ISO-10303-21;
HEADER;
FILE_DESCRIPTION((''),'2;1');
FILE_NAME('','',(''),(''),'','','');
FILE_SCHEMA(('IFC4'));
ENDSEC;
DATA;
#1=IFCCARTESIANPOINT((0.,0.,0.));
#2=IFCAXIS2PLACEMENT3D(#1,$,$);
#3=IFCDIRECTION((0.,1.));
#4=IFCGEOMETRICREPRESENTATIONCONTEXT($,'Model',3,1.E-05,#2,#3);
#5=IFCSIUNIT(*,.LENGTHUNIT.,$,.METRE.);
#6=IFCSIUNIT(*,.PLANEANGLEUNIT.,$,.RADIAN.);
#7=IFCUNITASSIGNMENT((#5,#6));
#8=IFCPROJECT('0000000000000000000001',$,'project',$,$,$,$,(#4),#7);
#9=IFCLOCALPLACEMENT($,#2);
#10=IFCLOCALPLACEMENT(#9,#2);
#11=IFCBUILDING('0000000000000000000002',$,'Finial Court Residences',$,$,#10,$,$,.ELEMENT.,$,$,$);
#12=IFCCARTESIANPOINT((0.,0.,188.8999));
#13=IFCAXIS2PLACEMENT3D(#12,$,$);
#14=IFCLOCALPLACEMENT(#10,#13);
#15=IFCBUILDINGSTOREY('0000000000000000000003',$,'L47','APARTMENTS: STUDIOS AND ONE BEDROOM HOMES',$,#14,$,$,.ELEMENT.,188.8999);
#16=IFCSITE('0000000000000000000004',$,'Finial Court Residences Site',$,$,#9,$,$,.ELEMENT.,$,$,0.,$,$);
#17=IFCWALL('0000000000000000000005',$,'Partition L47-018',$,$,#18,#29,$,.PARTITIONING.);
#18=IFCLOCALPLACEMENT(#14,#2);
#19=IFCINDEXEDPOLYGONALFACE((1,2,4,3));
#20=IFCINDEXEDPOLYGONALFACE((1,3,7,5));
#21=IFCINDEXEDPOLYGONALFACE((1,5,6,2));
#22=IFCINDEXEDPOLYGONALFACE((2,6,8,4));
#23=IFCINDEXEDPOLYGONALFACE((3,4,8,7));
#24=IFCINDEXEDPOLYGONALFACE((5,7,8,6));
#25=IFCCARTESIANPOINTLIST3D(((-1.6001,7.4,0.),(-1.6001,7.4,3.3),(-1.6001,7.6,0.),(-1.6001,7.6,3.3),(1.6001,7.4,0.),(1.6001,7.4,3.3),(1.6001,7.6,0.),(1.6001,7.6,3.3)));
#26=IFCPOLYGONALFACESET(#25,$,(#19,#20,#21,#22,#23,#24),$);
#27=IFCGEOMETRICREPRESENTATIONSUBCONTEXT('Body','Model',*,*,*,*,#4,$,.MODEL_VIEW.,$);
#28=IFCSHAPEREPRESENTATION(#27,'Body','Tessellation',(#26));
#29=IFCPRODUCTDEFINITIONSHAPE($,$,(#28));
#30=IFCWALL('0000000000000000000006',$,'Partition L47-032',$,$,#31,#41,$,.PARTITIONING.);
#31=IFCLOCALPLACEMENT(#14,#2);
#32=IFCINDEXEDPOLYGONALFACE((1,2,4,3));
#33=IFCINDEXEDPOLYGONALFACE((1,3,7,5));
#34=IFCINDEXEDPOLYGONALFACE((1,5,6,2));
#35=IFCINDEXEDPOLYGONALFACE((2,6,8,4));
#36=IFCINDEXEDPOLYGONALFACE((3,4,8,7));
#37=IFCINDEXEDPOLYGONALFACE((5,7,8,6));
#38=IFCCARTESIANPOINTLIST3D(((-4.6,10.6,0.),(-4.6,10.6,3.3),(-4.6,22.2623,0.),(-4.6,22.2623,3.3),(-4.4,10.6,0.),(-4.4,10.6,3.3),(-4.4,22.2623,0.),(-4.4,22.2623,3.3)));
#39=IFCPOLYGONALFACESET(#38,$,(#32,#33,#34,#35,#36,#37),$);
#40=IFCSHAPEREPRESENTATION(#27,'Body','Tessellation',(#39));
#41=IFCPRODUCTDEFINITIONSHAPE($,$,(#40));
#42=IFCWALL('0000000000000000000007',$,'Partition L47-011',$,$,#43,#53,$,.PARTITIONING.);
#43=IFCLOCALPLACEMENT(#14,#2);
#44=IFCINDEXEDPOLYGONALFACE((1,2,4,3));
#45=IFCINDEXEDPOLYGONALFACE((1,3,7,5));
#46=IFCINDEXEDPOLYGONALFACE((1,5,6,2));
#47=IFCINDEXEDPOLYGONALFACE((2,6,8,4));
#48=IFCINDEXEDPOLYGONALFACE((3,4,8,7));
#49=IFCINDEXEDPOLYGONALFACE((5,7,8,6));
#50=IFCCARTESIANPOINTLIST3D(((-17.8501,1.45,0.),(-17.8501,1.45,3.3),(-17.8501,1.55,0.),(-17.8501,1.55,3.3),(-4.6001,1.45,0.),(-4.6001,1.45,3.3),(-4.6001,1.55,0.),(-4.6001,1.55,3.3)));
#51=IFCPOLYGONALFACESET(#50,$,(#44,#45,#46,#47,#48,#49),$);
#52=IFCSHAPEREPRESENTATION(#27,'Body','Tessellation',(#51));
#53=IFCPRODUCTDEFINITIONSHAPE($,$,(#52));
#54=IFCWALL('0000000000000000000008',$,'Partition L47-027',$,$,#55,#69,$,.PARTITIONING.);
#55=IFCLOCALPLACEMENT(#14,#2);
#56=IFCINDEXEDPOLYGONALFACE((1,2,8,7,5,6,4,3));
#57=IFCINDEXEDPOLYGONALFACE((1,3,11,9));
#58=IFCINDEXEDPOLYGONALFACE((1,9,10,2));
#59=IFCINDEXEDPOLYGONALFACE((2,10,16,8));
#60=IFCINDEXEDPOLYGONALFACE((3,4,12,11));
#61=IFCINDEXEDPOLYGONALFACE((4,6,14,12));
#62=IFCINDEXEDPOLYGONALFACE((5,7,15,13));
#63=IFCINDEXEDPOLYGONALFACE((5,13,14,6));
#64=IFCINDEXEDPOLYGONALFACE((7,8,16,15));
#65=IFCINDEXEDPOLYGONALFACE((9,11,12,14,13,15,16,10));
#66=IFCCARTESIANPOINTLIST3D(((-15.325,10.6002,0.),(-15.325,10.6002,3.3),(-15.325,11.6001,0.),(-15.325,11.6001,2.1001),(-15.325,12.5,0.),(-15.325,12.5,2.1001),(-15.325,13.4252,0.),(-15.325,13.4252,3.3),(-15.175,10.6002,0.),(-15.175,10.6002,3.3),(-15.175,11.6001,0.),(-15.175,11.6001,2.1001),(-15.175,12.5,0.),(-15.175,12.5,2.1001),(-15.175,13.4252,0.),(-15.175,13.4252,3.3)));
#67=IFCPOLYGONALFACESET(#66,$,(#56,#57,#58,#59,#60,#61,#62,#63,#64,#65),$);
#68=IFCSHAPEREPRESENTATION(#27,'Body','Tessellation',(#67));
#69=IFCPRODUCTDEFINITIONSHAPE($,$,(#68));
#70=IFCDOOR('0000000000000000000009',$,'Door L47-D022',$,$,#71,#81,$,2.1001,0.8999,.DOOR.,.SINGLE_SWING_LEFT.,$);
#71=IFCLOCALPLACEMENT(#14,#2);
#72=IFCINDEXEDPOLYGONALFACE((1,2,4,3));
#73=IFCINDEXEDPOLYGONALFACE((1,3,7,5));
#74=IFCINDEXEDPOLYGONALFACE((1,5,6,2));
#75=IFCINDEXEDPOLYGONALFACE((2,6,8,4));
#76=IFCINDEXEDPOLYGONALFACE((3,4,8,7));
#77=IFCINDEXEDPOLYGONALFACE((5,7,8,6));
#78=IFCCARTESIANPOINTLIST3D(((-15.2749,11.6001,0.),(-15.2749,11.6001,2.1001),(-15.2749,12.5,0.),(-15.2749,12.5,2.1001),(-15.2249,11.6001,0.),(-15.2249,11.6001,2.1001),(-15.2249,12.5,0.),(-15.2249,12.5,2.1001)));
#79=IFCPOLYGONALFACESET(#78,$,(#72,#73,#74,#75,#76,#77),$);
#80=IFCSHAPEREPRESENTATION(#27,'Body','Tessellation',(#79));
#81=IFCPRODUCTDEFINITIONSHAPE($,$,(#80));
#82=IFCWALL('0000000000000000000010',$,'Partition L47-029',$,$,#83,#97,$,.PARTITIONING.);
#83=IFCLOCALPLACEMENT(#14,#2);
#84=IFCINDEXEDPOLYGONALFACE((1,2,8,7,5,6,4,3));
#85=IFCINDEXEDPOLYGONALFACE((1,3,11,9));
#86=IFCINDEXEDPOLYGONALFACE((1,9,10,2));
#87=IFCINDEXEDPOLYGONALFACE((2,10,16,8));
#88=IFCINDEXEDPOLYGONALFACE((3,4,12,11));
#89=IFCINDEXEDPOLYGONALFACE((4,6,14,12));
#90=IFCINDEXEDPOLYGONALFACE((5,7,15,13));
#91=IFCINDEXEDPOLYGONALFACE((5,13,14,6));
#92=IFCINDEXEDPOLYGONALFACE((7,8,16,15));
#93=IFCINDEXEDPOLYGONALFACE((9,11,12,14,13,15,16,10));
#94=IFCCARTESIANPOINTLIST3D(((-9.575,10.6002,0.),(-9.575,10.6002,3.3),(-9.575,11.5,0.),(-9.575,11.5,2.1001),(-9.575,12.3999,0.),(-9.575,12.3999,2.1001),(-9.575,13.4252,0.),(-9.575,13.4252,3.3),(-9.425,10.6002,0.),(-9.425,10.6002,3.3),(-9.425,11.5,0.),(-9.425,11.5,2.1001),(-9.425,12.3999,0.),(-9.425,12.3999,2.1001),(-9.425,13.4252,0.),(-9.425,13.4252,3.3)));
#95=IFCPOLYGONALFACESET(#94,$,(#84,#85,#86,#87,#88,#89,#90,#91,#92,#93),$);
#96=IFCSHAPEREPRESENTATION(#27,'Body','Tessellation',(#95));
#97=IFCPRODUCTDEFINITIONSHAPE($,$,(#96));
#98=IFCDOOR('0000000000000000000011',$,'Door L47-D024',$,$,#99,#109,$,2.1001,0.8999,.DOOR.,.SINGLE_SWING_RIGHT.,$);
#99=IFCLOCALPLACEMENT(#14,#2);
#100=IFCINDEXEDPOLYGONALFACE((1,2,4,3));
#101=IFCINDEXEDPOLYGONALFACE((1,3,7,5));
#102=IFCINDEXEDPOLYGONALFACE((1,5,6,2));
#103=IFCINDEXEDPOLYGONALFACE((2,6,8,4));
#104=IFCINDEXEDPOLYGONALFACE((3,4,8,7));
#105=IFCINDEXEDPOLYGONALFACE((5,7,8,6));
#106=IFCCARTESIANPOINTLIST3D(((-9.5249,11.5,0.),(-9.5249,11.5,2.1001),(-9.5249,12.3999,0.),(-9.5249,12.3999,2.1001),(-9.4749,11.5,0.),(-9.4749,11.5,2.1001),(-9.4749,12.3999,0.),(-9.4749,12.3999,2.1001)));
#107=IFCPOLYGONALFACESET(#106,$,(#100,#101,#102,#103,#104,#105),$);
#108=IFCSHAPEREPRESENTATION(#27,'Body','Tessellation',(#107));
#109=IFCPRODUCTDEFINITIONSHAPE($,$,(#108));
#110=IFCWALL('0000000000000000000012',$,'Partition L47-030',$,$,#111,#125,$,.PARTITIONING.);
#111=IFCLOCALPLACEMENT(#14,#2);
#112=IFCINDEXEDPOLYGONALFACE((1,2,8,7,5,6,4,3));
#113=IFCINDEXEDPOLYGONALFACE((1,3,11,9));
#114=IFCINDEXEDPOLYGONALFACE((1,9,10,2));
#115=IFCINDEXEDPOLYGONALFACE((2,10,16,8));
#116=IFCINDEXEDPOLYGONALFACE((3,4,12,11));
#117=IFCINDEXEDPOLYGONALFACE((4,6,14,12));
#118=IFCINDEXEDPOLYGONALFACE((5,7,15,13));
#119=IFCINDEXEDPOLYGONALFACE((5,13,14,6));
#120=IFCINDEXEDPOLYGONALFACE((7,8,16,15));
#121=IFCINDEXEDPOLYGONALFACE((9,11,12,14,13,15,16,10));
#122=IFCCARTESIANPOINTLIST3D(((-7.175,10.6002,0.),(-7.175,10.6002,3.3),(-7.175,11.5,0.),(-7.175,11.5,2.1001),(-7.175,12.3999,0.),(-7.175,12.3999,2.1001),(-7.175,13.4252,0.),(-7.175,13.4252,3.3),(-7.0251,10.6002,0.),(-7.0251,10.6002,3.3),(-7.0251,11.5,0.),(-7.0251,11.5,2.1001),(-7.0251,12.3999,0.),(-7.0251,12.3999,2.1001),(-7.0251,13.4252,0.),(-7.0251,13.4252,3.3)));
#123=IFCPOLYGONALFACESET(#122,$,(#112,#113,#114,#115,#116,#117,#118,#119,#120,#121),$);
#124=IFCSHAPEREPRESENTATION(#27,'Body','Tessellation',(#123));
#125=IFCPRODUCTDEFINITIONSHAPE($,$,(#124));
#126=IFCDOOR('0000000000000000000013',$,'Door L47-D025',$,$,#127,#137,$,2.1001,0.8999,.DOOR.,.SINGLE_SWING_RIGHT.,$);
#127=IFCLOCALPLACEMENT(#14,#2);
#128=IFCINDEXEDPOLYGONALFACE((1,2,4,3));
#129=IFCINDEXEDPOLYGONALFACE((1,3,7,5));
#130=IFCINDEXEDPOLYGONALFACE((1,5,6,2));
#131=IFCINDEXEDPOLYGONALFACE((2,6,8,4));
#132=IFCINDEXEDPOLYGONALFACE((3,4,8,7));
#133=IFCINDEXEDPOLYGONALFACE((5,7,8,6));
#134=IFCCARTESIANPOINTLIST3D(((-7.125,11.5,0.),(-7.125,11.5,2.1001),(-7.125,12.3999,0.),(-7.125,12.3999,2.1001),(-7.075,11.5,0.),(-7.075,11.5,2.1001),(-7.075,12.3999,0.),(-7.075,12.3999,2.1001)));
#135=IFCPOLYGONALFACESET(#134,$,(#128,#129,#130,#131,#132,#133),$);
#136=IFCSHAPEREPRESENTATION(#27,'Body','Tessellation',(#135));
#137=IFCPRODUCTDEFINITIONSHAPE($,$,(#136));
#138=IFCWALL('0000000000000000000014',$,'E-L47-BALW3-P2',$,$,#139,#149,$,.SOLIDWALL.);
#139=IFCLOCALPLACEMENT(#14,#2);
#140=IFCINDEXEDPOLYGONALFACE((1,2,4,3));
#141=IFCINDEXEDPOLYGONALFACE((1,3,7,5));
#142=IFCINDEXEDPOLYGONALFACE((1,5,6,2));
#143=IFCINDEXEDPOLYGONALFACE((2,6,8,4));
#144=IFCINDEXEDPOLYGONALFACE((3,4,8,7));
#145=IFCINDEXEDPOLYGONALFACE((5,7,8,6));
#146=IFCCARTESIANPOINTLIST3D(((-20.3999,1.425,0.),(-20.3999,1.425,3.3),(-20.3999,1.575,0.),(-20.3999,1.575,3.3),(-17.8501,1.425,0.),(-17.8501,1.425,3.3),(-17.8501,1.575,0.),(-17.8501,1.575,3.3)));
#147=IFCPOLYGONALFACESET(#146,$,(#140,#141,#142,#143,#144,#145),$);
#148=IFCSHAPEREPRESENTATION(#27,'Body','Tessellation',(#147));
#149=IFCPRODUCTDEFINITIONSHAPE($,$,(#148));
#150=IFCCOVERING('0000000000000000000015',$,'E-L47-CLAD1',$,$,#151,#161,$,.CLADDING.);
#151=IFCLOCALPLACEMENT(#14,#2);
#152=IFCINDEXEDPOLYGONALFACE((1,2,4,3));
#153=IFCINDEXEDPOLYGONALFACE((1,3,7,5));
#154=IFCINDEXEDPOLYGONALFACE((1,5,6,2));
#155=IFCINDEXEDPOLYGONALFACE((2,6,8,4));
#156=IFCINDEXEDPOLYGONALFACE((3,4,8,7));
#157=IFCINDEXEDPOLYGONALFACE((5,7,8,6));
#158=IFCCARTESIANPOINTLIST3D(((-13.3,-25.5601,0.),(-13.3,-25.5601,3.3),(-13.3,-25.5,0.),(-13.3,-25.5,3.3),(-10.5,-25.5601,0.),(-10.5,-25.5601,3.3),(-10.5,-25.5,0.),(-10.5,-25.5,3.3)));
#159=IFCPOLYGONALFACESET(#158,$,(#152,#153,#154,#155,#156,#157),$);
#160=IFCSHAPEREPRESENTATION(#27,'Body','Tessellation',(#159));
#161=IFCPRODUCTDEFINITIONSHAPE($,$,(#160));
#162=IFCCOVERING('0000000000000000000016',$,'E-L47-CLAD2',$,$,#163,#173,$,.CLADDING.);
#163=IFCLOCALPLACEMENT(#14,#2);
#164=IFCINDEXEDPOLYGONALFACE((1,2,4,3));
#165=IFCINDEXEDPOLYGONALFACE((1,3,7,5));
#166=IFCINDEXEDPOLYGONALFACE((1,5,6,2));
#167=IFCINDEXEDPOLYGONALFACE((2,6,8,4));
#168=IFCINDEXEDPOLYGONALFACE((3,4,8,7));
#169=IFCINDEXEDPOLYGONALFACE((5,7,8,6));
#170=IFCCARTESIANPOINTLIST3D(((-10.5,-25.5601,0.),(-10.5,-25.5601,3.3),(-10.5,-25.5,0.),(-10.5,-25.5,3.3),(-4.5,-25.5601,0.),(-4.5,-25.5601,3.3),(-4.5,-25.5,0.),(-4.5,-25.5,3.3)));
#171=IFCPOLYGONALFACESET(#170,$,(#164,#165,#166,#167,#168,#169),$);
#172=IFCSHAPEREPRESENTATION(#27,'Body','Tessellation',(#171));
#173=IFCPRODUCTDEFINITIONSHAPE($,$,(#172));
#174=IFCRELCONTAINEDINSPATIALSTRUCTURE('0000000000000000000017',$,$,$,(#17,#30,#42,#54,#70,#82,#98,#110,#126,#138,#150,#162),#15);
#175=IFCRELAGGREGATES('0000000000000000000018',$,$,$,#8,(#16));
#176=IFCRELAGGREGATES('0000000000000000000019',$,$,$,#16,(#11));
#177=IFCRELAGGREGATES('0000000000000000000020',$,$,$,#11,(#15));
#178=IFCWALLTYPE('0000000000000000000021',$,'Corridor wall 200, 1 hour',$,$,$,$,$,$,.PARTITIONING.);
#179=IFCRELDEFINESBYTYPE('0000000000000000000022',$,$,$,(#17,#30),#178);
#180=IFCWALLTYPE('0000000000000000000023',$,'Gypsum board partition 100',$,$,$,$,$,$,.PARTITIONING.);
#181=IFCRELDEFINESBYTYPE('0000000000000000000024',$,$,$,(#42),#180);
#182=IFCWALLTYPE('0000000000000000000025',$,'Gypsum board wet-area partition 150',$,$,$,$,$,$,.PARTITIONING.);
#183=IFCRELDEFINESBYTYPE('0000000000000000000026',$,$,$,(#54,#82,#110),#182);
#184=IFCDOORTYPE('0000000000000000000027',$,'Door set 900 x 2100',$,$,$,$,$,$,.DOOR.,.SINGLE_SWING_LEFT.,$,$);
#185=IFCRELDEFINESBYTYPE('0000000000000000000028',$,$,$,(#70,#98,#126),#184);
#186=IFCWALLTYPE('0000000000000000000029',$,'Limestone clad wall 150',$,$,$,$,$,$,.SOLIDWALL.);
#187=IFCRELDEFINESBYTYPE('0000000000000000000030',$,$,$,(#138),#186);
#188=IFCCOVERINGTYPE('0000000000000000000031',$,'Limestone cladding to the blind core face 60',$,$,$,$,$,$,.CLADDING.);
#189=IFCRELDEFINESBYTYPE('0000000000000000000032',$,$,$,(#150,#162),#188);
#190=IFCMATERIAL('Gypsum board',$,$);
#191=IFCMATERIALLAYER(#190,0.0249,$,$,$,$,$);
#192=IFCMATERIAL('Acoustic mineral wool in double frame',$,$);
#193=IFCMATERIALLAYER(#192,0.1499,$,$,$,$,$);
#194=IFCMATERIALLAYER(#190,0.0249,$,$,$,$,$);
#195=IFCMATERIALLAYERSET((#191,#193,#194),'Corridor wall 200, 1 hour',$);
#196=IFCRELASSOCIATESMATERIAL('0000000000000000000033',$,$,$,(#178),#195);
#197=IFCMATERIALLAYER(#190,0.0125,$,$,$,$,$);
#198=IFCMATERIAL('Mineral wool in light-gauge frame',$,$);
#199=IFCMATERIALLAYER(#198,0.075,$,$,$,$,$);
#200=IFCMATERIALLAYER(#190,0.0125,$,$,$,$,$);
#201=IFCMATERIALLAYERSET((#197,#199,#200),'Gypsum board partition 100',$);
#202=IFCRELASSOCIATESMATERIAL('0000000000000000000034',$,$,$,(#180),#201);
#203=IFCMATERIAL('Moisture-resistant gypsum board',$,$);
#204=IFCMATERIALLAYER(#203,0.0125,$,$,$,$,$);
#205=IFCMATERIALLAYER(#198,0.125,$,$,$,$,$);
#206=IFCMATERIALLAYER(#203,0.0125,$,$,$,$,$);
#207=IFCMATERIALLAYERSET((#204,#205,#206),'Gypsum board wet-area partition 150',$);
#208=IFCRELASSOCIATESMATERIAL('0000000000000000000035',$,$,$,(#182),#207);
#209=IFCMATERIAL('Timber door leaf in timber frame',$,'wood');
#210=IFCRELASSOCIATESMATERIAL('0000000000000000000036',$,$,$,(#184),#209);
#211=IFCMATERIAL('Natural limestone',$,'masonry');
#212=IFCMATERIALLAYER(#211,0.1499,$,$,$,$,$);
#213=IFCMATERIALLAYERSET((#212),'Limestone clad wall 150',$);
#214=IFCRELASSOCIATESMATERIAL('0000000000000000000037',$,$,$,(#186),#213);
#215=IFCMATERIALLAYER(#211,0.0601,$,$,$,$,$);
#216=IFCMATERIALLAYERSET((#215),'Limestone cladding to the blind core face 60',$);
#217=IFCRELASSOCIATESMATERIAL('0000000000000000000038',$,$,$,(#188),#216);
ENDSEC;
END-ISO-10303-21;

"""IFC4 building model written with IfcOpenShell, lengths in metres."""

from ifc_helpers import new_model, si_unit, direction, frame, frame_2d, origin, place, context, subcontext, project, spatial, polyline, rectangle, outline, extrude, material, layer, layer_set, type_object, element, fill, save


model = new_model("IFC4")

# Units and contexts
model_context = context("Model", 3, precision=1e-05, world=origin(), true_north=direction((0.0, 1.0)))
body_context = subcontext(model_context, "Body", "Model", "MODEL_VIEW")
ifc_project = project(units=[si_unit("LENGTHUNIT", "METRE"), si_unit("PLANEANGLEUNIT", "RADIAN")], contexts=[model_context])

# Site, building, storey
site_placement = place(None, origin())
site = spatial("IfcSite", under=ifc_project, at=site_placement, Name="Finial Court Residences Site", CompositionType="ELEMENT", RefElevation=0.0)
building_placement = place(site_placement, origin())
building = spatial("IfcBuilding", under=site, at=building_placement, Name="Finial Court Residences", CompositionType="ELEMENT")
storey_placement = place(building_placement, frame((0.0, 0.0, 188.8999)))
storey = spatial("IfcBuildingStorey", under=building, at=storey_placement, Name="L47", Description="APARTMENTS: STUDIOS AND ONE BEDROOM HOMES", CompositionType="ELEMENT", Elevation=188.8999)

# Walls
ifc_material_1 = material(Name="Gypsum board")
ifc_layer_1 = layer(ifc_material_1, 0.0249)
ifc_material_2 = material(Name="Acoustic mineral wool in double frame")
ifc_layer_2 = layer(ifc_material_2, 0.1499)
ifc_layer_3 = layer(ifc_material_1, 0.0249)
ifc_layer_set_1 = layer_set([ifc_layer_1, ifc_layer_2, ifc_layer_3], Name="Corridor wall 200, 1 hour")
wall_type_1 = type_object("IfcWallType", Name="Corridor wall 200, 1 hour", PredefinedType="PARTITIONING", material=ifc_layer_set_1)
wall_1_placement = place(storey_placement, frame((-1.6001, 7.5, 0.0), z_axis=(0.0, 0.0, 1.0), x_axis=(1.0, 0.0, 0.0)))
element("IfcWall", 1, at=wall_1_placement, inside=storey, type_object=wall_type_1, Name="Partition L47-018", PredefinedType="PARTITIONING", context=body_context, shape_type="SweptSolid", body=[
    extrude(rectangle(XDim=3.2002, YDim=0.2, at=frame_2d((1.6001, 0.0))), origin(), (0.0, 0.0, 1.0), 3.3),
])
wall_2_placement = place(storey_placement, frame((-4.5, 10.6001, 0.0), z_axis=(0.0, 0.0, 1.0), x_axis=(0.0, 1.0, 0.0)))
element("IfcWall", 2, at=wall_2_placement, inside=storey, type_object=wall_type_1, Name="Partition L47-032", PredefinedType="PARTITIONING", context=body_context, shape_type="SweptSolid", body=[
    extrude(rectangle(XDim=11.6624, YDim=0.2, at=frame_2d((5.8311, 0.0))), origin(), (0.0, 0.0, 1.0), 3.3),
])
ifc_layer_4 = layer(ifc_material_1, 0.0125)
ifc_material_3 = material(Name="Mineral wool in light-gauge frame")
ifc_layer_5 = layer(ifc_material_3, 0.075)
ifc_layer_6 = layer(ifc_material_1, 0.0125)
ifc_layer_set_2 = layer_set([ifc_layer_4, ifc_layer_5, ifc_layer_6], Name="Gypsum board partition 100")
wall_type_2 = type_object("IfcWallType", Name="Gypsum board partition 100", PredefinedType="PARTITIONING", material=ifc_layer_set_2)
wall_3_placement = place(storey_placement, frame((-17.8501, 1.5, 0.0), z_axis=(0.0, 0.0, 1.0), x_axis=(1.0, 0.0, 0.0)))
element("IfcWall", 3, at=wall_3_placement, inside=storey, type_object=wall_type_2, Name="Partition L47-011", PredefinedType="PARTITIONING", context=body_context, shape_type="SweptSolid", body=[
    extrude(rectangle(XDim=13.25, YDim=0.1001, at=frame_2d((6.625, 0.0))), origin(), (0.0, 0.0, 1.0), 3.3),
])

# Walls, openings, doors
ifc_material_4 = material(Name="Moisture-resistant gypsum board")
ifc_layer_7 = layer(ifc_material_4, 0.0125)
ifc_layer_8 = layer(ifc_material_3, 0.125)
ifc_layer_9 = layer(ifc_material_4, 0.0125)
ifc_layer_set_3 = layer_set([ifc_layer_7, ifc_layer_8, ifc_layer_9], Name="Gypsum board wet-area partition 150")
wall_type_3 = type_object("IfcWallType", Name="Gypsum board wet-area partition 150", PredefinedType="PARTITIONING", material=ifc_layer_set_3)
wall_4_placement = place(storey_placement, frame((-15.25, 10.6001, 0.0), z_axis=(0.0, 0.0, 1.0), x_axis=(0.0, 1.0, 0.0)))
wall_4 = element("IfcWall", 4, at=wall_4_placement, inside=storey, type_object=wall_type_3, Name="Partition L47-027", PredefinedType="PARTITIONING", context=body_context, shape_type="SweptSolid", body=[
    extrude(rectangle(XDim=2.825, YDim=0.1499, at=frame_2d((1.4126, 0.0))), origin(), (0.0, 0.0, 1.0), 3.3),
])
opening_1_placement = place(wall_4_placement, frame((1.0, 0.0, 0.0)))
opening_1 = element("IfcOpeningElement", 5, at=opening_1_placement, cuts=wall_4, PredefinedType="OPENING", context=body_context, shape_type="SweptSolid", body=[
    extrude(rectangle(XDim=0.8999, YDim=2.1001, at=frame_2d((0.45, 1.05))), frame((0.0, 0.085, 0.0), z_axis=(0.0, -1.0, 0.0), x_axis=(1.0, 0.0, 0.0)), (0.0, 0.0, 1.0), 0.1699),
])
ifc_material_5 = material(Name="Timber door leaf in timber frame", Category="wood")
door_type = type_object("IfcDoorType", Name="Door set 900 x 2100", OperationType="SINGLE_SWING_LEFT", PredefinedType="DOOR", material=ifc_material_5)
door_1_placement = place(opening_1_placement, origin())
door_1 = element("IfcDoor", 6, at=door_1_placement, inside=storey, type_object=door_type, Name="Door L47-D022", OperationType="SINGLE_SWING_LEFT", OverallHeight=2.1001, OverallWidth=0.8999, PredefinedType="DOOR", context=body_context, shape_type="SweptSolid", body=[
    extrude(rectangle(XDim=0.8999, YDim=2.1001, at=frame_2d((0.45, 1.05))), frame((0.0, 0.0249, 0.0), z_axis=(0.0, -1.0, 0.0), x_axis=(1.0, 0.0, 0.0)), (0.0, 0.0, 1.0), 0.05),
])
fill(opening_1, door_1)
wall_5_placement = place(storey_placement, frame((-9.5, 10.6001, 0.0), z_axis=(0.0, 0.0, 1.0), x_axis=(0.0, 1.0, 0.0)))
wall_5 = element("IfcWall", 7, at=wall_5_placement, inside=storey, type_object=wall_type_3, Name="Partition L47-029", PredefinedType="PARTITIONING", context=body_context, shape_type="SweptSolid", body=[
    extrude(rectangle(XDim=2.825, YDim=0.1499, at=frame_2d((1.4126, 0.0))), origin(), (0.0, 0.0, 1.0), 3.3),
])
opening_2_placement = place(wall_5_placement, frame((0.8999, 0.0, 0.0)))
opening_2 = element("IfcOpeningElement", 8, at=opening_2_placement, cuts=wall_5, PredefinedType="OPENING", context=body_context, shape_type="SweptSolid", body=[
    extrude(rectangle(XDim=0.8999, YDim=2.1001, at=frame_2d((0.45, 1.05))), frame((0.0, 0.085, 0.0), z_axis=(0.0, -1.0, 0.0), x_axis=(1.0, 0.0, 0.0)), (0.0, 0.0, 1.0), 0.1699),
])
door_2_placement = place(opening_2_placement, origin())
door_2 = element("IfcDoor", 9, at=door_2_placement, inside=storey, type_object=door_type, Name="Door L47-D024", OperationType="SINGLE_SWING_RIGHT", OverallHeight=2.1001, OverallWidth=0.8999, PredefinedType="DOOR", context=body_context, shape_type="SweptSolid", body=[
    extrude(rectangle(XDim=0.8999, YDim=2.1001, at=frame_2d((0.45, 1.05))), frame((0.0, 0.0249, 0.0), z_axis=(0.0, -1.0, 0.0), x_axis=(1.0, 0.0, 0.0)), (0.0, 0.0, 1.0), 0.05),
])
fill(opening_2, door_2)
wall_6_placement = place(storey_placement, frame((-7.1001, 10.6001, 0.0), z_axis=(0.0, 0.0, 1.0), x_axis=(0.0, 1.0, 0.0)))
wall_6 = element("IfcWall", 10, at=wall_6_placement, inside=storey, type_object=wall_type_3, Name="Partition L47-030", PredefinedType="PARTITIONING", context=body_context, shape_type="SweptSolid", body=[
    extrude(rectangle(XDim=2.825, YDim=0.1499, at=frame_2d((1.4126, 0.0))), origin(), (0.0, 0.0, 1.0), 3.3),
])
opening_3_placement = place(wall_6_placement, frame((0.8999, 0.0, 0.0)))
opening_3 = element("IfcOpeningElement", 11, at=opening_3_placement, cuts=wall_6, PredefinedType="OPENING", context=body_context, shape_type="SweptSolid", body=[
    extrude(rectangle(XDim=0.8999, YDim=2.1001, at=frame_2d((0.45, 1.05))), frame((0.0, 0.085, 0.0), z_axis=(0.0, -1.0, 0.0), x_axis=(1.0, 0.0, 0.0)), (0.0, 0.0, 1.0), 0.1699),
])
door_3_placement = place(opening_3_placement, origin())
door_3 = element("IfcDoor", 12, at=door_3_placement, inside=storey, type_object=door_type, Name="Door L47-D025", OperationType="SINGLE_SWING_RIGHT", OverallHeight=2.1001, OverallWidth=0.8999, PredefinedType="DOOR", context=body_context, shape_type="SweptSolid", body=[
    extrude(rectangle(XDim=0.8999, YDim=2.1001, at=frame_2d((0.45, 1.05))), frame((0.0, 0.0249, 0.0), z_axis=(0.0, -1.0, 0.0), x_axis=(1.0, 0.0, 0.0)), (0.0, 0.0, 1.0), 0.05),
])
fill(opening_3, door_3)

# Wall
ifc_material_6 = material(Name="Natural limestone", Category="masonry")
ifc_layer_10 = layer(ifc_material_6, 0.1499)
ifc_layer_set_4 = layer_set([ifc_layer_10], Name="Limestone clad wall 150")
wall_type_4 = type_object("IfcWallType", Name="Limestone clad wall 150", PredefinedType="SOLIDWALL", material=ifc_layer_set_4)
wall_7_placement = place(storey_placement, frame((-17.8501, 1.5, 0.0), z_axis=(0.0, 0.0, 1.0), x_axis=(-1.0, 0.0, 0.0)))
element("IfcWall", 13, at=wall_7_placement, inside=storey, type_object=wall_type_4, Name="E-L47-BALW3-P2", PredefinedType="SOLIDWALL", context=body_context, shape_type="SweptSolid", body=[
    extrude(rectangle(XDim=2.5498, YDim=0.1499, at=frame_2d((1.2749, 0.0))), origin(), (0.0, 0.0, 1.0), 3.3),
])

# Coverings
ifc_layer_11 = layer(ifc_material_6, 0.0601)
ifc_layer_set_5 = layer_set([ifc_layer_11], Name="Limestone cladding to the blind core face 60")
covering_type = type_object("IfcCoveringType", Name="Limestone cladding to the blind core face 60", PredefinedType="CLADDING", material=ifc_layer_set_5)
covering_1_placement = place(storey_placement, origin())
element("IfcCovering", 14, at=covering_1_placement, inside=storey, type_object=covering_type, Name="E-L47-CLAD1", PredefinedType="CLADDING", context=body_context, shape_type="SweptSolid", body=[
    extrude(outline(polyline([(-10.5, -25.5601), (-10.5, -25.5), (-13.3, -25.5), (-13.3, -25.5601), (-10.5, -25.5601)])), origin(), (0.0, 0.0, 1.0), 3.3),
])
covering_2_placement = place(storey_placement, origin())
element("IfcCovering", 15, at=covering_2_placement, inside=storey, type_object=covering_type, Name="E-L47-CLAD2", PredefinedType="CLADDING", context=body_context, shape_type="SweptSolid", body=[
    extrude(outline(polyline([(-4.5, -25.5601), (-4.5, -25.5), (-10.5, -25.5), (-10.5, -25.5601), (-4.5, -25.5601)])), origin(), (0.0, 0.0, 1.0), 3.3),
])

save(model, "model.ifc")
